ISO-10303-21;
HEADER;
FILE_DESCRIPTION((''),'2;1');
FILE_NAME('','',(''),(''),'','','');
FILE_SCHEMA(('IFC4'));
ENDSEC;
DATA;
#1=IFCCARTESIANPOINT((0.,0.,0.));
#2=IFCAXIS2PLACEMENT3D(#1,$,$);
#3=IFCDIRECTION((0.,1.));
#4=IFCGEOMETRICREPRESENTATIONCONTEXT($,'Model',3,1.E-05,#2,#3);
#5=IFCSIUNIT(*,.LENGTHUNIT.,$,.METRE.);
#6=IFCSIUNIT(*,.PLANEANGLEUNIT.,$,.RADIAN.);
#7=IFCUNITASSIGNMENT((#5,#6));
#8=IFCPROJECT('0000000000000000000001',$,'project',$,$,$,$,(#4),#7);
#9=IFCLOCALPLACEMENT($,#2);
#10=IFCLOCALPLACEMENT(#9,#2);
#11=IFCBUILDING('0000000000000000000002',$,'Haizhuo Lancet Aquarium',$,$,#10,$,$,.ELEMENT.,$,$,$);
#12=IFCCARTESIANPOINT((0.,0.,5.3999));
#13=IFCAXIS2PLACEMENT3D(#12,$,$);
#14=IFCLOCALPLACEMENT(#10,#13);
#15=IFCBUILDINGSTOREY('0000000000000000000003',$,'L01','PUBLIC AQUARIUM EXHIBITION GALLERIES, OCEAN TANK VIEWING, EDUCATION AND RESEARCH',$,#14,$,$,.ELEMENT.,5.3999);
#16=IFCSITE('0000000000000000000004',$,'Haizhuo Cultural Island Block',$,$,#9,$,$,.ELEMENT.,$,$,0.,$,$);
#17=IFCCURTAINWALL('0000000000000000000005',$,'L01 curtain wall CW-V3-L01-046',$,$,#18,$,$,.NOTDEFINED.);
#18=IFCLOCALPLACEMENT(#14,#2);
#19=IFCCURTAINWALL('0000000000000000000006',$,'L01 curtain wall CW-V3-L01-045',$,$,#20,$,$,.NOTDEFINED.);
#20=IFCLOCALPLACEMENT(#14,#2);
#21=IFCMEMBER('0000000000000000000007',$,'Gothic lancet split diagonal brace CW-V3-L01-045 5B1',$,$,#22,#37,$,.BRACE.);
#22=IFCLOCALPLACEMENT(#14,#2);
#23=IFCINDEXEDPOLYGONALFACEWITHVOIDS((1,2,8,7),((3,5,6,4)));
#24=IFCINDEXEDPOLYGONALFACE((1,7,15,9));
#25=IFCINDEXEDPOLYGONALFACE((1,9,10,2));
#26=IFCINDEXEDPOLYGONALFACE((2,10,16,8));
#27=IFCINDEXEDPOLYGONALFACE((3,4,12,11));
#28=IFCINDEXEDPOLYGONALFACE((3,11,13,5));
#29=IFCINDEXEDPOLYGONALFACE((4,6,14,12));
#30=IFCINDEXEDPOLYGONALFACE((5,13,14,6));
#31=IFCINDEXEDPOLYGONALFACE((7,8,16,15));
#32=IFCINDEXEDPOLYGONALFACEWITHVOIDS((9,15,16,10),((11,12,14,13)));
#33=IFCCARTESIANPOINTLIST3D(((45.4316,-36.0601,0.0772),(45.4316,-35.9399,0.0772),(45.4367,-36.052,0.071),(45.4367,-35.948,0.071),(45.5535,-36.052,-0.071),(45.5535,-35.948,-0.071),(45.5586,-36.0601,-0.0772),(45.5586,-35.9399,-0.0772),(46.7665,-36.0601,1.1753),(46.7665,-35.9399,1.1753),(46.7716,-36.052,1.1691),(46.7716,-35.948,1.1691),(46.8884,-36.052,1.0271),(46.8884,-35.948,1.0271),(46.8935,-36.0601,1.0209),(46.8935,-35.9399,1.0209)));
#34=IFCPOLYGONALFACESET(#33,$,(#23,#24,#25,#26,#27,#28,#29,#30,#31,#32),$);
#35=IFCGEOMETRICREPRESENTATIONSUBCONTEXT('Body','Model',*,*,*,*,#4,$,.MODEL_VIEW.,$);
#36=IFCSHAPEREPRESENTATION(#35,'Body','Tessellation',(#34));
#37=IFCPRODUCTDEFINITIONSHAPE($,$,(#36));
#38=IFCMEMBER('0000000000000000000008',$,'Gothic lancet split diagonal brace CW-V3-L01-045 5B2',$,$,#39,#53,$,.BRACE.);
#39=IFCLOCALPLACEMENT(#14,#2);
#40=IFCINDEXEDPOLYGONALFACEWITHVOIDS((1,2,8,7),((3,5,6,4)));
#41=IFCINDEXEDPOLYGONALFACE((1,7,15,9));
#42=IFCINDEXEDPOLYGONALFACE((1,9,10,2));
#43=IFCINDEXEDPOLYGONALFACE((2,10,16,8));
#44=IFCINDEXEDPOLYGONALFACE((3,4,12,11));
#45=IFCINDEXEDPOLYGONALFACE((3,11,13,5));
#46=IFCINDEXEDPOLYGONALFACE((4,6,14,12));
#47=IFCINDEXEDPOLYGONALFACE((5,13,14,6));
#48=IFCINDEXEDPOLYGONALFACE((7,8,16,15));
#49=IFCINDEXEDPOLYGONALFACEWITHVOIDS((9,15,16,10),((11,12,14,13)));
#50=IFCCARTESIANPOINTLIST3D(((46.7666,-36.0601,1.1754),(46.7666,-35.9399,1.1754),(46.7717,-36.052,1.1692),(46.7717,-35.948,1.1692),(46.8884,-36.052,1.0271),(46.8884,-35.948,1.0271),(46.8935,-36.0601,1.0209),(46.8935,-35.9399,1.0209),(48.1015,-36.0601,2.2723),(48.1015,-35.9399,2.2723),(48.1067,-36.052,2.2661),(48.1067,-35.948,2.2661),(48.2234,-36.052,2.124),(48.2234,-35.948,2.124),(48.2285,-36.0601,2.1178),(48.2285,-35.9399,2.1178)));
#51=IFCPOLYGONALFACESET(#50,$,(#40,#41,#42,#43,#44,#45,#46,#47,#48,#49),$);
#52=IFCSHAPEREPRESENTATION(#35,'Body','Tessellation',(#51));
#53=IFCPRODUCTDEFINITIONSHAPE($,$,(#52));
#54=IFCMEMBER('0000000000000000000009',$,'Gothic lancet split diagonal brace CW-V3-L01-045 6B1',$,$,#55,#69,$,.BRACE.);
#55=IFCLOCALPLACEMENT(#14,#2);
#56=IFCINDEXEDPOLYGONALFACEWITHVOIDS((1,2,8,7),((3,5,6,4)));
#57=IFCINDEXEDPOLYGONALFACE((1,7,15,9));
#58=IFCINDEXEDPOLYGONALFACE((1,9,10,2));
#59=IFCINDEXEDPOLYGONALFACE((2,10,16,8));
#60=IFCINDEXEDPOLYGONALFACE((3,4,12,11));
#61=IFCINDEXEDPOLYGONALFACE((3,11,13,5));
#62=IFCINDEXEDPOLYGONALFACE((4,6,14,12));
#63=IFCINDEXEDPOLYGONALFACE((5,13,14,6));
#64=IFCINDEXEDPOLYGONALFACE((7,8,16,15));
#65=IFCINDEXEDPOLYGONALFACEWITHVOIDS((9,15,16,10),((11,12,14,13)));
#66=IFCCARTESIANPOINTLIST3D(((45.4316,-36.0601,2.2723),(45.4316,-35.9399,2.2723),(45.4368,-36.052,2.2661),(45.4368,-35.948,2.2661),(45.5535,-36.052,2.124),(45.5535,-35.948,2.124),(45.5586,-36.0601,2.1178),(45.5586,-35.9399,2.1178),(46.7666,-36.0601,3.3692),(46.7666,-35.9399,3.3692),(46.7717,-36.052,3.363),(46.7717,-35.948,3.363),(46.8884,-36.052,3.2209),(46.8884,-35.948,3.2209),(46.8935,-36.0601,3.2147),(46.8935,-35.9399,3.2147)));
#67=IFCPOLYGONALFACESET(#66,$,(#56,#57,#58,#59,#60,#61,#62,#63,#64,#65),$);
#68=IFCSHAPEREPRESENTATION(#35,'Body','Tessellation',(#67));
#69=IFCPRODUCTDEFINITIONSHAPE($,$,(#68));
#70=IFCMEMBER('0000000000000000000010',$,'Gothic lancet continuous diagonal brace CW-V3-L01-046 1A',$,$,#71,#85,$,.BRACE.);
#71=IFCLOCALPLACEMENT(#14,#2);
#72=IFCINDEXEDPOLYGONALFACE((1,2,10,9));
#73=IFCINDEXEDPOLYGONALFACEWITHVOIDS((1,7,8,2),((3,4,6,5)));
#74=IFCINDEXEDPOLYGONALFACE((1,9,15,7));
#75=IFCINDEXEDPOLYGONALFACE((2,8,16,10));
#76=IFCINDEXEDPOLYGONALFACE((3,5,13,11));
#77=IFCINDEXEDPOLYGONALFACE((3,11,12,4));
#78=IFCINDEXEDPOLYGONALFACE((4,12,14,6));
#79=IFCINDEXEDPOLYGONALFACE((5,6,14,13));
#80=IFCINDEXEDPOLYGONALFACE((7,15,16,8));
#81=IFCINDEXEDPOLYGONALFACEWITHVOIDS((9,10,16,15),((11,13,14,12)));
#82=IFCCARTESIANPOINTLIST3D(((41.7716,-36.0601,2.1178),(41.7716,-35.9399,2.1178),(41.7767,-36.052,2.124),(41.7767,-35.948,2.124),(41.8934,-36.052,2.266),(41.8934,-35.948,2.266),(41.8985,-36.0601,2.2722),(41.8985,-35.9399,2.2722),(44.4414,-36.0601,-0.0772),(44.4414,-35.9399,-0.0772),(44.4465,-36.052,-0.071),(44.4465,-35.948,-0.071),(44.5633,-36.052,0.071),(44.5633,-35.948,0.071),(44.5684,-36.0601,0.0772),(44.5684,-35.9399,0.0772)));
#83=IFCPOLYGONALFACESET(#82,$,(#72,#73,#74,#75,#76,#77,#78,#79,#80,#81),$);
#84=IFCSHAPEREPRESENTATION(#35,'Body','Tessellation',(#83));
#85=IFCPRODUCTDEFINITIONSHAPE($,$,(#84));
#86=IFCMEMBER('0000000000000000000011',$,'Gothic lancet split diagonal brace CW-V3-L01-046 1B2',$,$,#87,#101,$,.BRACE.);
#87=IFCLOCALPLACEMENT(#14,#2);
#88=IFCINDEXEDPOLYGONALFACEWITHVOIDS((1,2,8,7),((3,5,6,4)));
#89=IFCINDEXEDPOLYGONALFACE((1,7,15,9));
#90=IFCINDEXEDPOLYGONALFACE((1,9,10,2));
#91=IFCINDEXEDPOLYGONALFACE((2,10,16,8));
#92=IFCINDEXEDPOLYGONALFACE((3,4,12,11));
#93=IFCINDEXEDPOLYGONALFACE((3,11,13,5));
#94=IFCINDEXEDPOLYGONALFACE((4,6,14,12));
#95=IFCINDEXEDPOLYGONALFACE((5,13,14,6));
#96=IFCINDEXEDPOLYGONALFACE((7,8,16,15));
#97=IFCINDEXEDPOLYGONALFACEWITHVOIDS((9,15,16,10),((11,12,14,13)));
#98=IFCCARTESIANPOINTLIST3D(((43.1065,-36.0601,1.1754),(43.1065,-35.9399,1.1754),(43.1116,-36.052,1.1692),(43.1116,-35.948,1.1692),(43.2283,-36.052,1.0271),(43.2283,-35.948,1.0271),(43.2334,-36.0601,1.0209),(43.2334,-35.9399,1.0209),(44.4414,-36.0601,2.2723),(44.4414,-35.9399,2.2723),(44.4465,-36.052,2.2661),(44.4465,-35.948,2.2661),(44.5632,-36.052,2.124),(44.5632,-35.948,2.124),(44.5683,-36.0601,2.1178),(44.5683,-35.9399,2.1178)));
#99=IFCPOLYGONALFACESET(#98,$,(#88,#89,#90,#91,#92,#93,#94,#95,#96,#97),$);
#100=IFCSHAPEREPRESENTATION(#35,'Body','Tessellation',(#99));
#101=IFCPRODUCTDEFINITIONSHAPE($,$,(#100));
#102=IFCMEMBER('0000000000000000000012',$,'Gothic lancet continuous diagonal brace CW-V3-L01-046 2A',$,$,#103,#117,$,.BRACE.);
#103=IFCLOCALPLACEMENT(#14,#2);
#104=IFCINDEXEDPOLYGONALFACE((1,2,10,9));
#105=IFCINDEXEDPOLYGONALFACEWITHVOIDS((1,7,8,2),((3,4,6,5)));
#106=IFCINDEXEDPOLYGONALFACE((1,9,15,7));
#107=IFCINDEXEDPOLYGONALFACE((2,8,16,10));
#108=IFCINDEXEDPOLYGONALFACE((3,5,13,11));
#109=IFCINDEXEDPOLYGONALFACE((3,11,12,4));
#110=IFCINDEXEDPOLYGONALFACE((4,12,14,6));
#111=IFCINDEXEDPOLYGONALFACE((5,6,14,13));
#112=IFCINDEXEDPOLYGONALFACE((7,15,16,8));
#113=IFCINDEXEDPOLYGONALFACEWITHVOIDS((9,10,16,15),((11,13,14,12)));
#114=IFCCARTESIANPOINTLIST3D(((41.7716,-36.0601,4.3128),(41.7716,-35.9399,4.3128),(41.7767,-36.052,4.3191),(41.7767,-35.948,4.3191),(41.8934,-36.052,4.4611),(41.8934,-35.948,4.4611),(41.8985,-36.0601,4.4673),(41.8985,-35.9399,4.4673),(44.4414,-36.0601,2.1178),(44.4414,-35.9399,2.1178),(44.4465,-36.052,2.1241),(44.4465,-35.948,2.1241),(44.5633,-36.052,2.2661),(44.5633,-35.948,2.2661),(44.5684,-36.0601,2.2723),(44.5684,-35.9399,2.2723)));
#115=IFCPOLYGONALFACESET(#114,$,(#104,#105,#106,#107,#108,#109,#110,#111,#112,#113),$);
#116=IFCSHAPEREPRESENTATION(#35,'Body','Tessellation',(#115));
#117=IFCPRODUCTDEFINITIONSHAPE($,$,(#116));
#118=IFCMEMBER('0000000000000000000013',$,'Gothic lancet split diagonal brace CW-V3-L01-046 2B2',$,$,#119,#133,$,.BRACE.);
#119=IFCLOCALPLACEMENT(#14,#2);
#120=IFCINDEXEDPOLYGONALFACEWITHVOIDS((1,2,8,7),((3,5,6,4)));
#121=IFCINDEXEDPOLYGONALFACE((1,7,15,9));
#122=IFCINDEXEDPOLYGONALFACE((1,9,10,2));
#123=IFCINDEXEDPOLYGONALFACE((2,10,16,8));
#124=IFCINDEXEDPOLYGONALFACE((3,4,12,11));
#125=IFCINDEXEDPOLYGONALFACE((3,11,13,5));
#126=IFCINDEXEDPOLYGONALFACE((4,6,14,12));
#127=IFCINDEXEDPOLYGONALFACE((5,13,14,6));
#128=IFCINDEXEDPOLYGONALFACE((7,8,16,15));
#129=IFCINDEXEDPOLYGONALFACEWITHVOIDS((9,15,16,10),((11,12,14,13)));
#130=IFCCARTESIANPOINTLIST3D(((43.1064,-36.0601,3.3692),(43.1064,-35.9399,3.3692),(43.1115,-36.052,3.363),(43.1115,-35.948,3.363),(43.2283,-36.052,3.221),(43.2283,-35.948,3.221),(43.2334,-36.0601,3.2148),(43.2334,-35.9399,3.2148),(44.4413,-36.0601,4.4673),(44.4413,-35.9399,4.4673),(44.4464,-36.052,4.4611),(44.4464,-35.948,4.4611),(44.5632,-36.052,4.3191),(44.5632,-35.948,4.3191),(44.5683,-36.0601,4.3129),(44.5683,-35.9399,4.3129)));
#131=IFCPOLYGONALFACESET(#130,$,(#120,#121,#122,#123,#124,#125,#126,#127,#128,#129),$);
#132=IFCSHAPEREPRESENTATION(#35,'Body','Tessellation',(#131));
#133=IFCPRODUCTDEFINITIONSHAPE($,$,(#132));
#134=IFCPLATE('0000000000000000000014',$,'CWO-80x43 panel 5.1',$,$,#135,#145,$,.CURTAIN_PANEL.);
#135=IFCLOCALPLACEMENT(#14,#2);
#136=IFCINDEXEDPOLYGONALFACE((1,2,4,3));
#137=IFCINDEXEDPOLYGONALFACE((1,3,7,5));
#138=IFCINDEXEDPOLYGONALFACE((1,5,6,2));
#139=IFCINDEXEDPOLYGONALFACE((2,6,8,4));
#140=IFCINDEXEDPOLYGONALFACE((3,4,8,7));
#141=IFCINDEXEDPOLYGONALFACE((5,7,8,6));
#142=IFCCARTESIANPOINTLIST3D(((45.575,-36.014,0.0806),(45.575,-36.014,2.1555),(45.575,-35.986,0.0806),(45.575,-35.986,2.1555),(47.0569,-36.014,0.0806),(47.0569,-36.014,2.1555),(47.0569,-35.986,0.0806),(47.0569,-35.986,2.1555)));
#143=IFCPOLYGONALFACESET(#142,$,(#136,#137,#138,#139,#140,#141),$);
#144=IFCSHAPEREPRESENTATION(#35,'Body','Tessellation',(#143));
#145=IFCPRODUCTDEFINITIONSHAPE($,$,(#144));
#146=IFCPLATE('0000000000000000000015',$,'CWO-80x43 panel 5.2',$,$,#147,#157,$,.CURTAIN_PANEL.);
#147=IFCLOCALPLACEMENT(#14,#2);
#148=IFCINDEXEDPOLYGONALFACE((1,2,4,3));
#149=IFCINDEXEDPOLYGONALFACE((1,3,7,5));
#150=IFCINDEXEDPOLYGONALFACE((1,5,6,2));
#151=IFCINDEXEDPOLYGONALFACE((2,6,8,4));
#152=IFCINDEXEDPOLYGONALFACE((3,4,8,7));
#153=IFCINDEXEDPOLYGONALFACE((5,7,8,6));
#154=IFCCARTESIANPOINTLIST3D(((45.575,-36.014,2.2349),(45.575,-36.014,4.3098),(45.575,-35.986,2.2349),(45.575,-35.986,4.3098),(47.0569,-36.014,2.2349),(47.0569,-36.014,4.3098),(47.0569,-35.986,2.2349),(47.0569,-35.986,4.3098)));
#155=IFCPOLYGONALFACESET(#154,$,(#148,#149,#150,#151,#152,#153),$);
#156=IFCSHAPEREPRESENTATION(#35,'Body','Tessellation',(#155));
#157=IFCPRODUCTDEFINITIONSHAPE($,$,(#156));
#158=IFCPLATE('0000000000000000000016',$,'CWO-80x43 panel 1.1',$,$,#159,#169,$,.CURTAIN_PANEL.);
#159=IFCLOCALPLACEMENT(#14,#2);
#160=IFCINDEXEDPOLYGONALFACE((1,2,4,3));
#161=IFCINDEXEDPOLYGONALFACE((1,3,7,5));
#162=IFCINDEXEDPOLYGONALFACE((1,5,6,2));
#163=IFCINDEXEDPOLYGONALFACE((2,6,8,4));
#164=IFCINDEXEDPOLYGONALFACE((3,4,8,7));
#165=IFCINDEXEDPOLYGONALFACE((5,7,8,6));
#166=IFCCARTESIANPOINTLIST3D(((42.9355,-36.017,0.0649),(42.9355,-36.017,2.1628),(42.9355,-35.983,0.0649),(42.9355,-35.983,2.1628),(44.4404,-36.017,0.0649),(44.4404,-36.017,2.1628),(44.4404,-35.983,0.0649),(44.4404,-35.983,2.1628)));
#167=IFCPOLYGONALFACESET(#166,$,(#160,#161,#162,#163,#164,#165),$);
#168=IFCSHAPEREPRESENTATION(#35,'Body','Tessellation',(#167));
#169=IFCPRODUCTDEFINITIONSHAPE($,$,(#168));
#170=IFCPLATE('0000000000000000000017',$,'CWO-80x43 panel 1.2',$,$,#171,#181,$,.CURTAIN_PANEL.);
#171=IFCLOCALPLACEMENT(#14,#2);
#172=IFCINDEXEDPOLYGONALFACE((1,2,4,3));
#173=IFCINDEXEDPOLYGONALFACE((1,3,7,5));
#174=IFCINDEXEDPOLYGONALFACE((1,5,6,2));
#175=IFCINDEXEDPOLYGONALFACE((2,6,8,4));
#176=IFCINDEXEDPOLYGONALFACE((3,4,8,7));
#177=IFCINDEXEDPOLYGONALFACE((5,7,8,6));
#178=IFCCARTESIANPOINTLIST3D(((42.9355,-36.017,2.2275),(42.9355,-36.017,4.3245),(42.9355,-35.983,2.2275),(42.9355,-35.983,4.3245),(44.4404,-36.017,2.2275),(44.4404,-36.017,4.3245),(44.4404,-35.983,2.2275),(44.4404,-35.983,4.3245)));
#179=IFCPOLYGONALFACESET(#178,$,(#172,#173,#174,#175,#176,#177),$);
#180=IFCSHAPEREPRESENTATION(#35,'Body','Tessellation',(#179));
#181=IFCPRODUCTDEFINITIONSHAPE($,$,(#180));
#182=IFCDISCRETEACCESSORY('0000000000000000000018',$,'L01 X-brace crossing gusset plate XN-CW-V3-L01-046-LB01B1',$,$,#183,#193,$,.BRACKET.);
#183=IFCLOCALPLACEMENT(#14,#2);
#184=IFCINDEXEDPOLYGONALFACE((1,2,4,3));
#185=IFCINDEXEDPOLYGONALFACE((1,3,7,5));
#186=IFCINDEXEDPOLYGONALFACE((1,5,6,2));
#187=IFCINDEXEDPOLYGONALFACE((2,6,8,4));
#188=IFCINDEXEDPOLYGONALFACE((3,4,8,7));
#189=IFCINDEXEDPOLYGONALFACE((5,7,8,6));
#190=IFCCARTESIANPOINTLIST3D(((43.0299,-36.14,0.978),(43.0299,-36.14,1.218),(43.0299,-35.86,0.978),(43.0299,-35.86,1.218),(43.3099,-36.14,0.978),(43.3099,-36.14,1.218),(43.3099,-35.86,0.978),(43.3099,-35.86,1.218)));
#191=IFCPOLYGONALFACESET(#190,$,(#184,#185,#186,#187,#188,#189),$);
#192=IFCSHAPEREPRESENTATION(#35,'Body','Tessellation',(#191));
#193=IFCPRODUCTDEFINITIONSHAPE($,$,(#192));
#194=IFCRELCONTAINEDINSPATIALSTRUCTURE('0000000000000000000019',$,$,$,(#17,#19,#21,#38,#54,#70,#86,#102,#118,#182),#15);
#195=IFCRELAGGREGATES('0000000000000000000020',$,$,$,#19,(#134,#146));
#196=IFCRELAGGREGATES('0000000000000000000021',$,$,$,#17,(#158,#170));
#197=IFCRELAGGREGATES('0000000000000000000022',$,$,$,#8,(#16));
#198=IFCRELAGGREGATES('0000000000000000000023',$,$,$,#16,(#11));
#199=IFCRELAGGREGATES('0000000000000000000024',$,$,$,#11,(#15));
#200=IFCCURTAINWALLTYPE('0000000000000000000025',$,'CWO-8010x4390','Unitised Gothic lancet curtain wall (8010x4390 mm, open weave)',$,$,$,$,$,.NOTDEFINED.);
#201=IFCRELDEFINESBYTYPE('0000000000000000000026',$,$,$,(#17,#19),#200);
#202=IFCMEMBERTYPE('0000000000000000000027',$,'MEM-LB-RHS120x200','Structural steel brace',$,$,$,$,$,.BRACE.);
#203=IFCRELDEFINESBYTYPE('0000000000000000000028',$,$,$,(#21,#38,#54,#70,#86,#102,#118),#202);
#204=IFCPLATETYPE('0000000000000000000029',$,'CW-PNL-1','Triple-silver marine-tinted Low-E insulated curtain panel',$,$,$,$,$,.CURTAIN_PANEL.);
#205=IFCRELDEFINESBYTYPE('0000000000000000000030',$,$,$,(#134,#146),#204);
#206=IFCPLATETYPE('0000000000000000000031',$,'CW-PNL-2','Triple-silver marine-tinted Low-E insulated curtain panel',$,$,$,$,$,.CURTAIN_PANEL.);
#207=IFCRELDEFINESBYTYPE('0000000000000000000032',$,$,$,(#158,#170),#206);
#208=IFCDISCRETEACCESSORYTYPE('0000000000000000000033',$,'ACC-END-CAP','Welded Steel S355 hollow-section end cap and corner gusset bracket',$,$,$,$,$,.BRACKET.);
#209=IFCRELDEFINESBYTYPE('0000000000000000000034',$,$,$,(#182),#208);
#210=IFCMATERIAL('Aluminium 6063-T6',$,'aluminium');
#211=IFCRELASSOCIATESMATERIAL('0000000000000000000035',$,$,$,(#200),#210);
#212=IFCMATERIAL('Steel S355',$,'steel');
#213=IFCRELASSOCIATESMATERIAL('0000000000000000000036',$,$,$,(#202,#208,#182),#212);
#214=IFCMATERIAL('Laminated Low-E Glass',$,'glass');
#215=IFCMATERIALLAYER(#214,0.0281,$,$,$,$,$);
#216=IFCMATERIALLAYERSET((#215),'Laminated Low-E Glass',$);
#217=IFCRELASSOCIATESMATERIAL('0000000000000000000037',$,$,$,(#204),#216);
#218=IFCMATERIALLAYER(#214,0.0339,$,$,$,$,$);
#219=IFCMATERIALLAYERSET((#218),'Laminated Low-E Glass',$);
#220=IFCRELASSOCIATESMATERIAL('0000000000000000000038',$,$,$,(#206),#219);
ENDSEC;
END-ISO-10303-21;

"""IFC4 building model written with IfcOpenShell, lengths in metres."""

from ifc_helpers import new_model, si_unit, direction, frame, origin, origin_2d, place, context, subcontext, project, spatial, rectangle, hollow_rectangle, extrude, material, layer, layer_set, material_profile, profile_set, type_object, element, aggregate, save


model = new_model("IFC4")

# Units and contexts
model_context = context("Model", 3, precision=1e-05, world=origin(), true_north=direction((0.0, 1.0)))
body_context = subcontext(model_context, "Body", "Model", "MODEL_VIEW")
ifc_project = project(units=[si_unit("LENGTHUNIT", "METRE"), si_unit("PLANEANGLEUNIT", "RADIAN")], contexts=[model_context])

# Site, building, storey
site_placement = place(None, origin())
site = spatial("IfcSite", under=ifc_project, at=site_placement, Name="Haizhuo Cultural Island Block", CompositionType="ELEMENT", RefElevation=0.0)
building_placement = place(site_placement, origin())
building = spatial("IfcBuilding", under=site, at=building_placement, Name="Haizhuo Lancet Aquarium", CompositionType="ELEMENT")
storey_placement = place(building_placement, frame((0.0, 0.0, 5.3999)))
storey = spatial("IfcBuildingStorey", under=building, at=storey_placement, Name="L01", Description="PUBLIC AQUARIUM EXHIBITION GALLERIES, OCEAN TANK VIEWING, EDUCATION AND RESEARCH", CompositionType="ELEMENT", Elevation=5.3999)

# Curtain wall
ifc_material_1 = material(Name="Aluminium 6063-T6", Category="aluminium")
curtain_wall_type = type_object("IfcCurtainWallType", Name="CWO-8010x4390", Description="Unitised Gothic lancet curtain wall (8010x4390 mm, open weave)", PredefinedType="NOTDEFINED", material=ifc_material_1)
curtain_wall_1_placement = place(storey_placement, origin())
curtain_wall_1 = element("IfcCurtainWall", 1, at=curtain_wall_1_placement, inside=storey, type_object=curtain_wall_type, Name="L01 curtain wall CW-V3-L01-046", PredefinedType="NOTDEFINED")

# Curtain wall
curtain_wall_2_placement = place(storey_placement, origin())
curtain_wall_2 = element("IfcCurtainWall", 2, at=curtain_wall_2_placement, inside=storey, type_object=curtain_wall_type, Name="L01 curtain wall CW-V3-L01-045", PredefinedType="NOTDEFINED")

# Members
ifc_material_2 = material(Name="Steel S355", Category="steel")
ifc_material_profile_1 = material_profile(ifc_material_2, hollow_rectangle(XDim=0.1201, YDim=0.2, WallThickness=0.0081, at=origin_2d()), Name="RHS 120x200x8")
ifc_profile_set_1 = profile_set([ifc_material_profile_1], Name="Steel S355")
member_type_1 = type_object("IfcMemberType", Name="MEM-LB-RHS120x200", Description="Structural steel brace", PredefinedType="BRACE", material=ifc_profile_set_1)
member_1_placement = place(storey_placement, frame((45.4951, -36.0, 0.0), z_axis=(0.772281, 0.0, 0.635281), x_axis=(0.0, 1.0, 0.0)))
element("IfcMember", 3, at=member_1_placement, inside=storey, type_object=member_type_1, Name="Gothic lancet split diagonal brace CW-V3-L01-045 5B1", PredefinedType="BRACE", context=body_context, shape_type="SweptSolid", body=[
    extrude(hollow_rectangle(XDim=0.1201, YDim=0.2, WallThickness=0.0081, at=origin_2d()), origin(), (0.0, 0.0, 1.0), 1.7285),
])
for number, where, z_axis, x_axis, name in (
    (4, (46.8301, -36.0, 1.0981), (0.772627, 0.0, 0.63486), (0.0, 1.0, 0.0), "Gothic lancet split diagonal brace CW-V3-L01-045 5B2"),
    (5, (45.4951, -36.0, 2.1951), (0.772627, 0.0, 0.63486), (0.0, 1.0, 0.0), "Gothic lancet split diagonal brace CW-V3-L01-045 6B1"),
):
    element("IfcMember", number, at=place(storey_placement, frame(where, z_axis=z_axis, x_axis=x_axis)), inside=storey, type_object=member_type_1, Name=name, PredefinedType="BRACE", context=body_context, shape_type="SweptSolid", body=[
        extrude(hollow_rectangle(XDim=0.1201, YDim=0.2, WallThickness=0.0081, at=origin_2d()), origin(), (0.0, 0.0, 1.0), 1.7278),
    ])
member_2_placement = place(storey_placement, frame((44.5049, -36.0, 0.0), z_axis=(-0.772454, 0.0, 0.635071), x_axis=(0.0, -1.0, 0.0)))
element("IfcMember", 6, at=member_2_placement, inside=storey, type_object=member_type_1, Name="Gothic lancet continuous diagonal brace CW-V3-L01-046 1A", PredefinedType="BRACE", context=body_context, shape_type="SweptSolid", body=[
    extrude(hollow_rectangle(XDim=0.1201, YDim=0.2, WallThickness=0.0081, at=origin_2d()), origin(), (0.0, 0.0, 1.0), 3.4563),
])
member_3_placement = place(storey_placement, frame((43.1699, -36.0, 1.0981), z_axis=(0.772627, 0.0, 0.63486), x_axis=(0.0, 1.0, 0.0)))
element("IfcMember", 7, at=member_3_placement, inside=storey, type_object=member_type_1, Name="Gothic lancet split diagonal brace CW-V3-L01-046 1B2", PredefinedType="BRACE", context=body_context, shape_type="SweptSolid", body=[
    extrude(hollow_rectangle(XDim=0.1201, YDim=0.2, WallThickness=0.0081, at=origin_2d()), origin(), (0.0, 0.0, 1.0), 1.7278),
])
member_4_placement = place(storey_placement, frame((44.5049, -36.0, 2.1951), z_axis=(-0.772454, 0.0, 0.635071), x_axis=(0.0, -1.0, 0.0)))
element("IfcMember", 8, at=member_4_placement, inside=storey, type_object=member_type_1, Name="Gothic lancet continuous diagonal brace CW-V3-L01-046 2A", PredefinedType="BRACE", context=body_context, shape_type="SweptSolid", body=[
    extrude(hollow_rectangle(XDim=0.1201, YDim=0.2, WallThickness=0.0081, at=origin_2d()), origin(), (0.0, 0.0, 1.0), 3.4563),
])
member_5_placement = place(storey_placement, frame((43.1699, -36.0, 3.292), z_axis=(0.772281, 0.0, 0.635281), x_axis=(0.0, 1.0, 0.0)))
element("IfcMember", 9, at=member_5_placement, inside=storey, type_object=member_type_1, Name="Gothic lancet split diagonal brace CW-V3-L01-046 2B2", PredefinedType="BRACE", context=body_context, shape_type="SweptSolid", body=[
    extrude(hollow_rectangle(XDim=0.1201, YDim=0.2, WallThickness=0.0081, at=origin_2d()), origin(), (0.0, 0.0, 1.0), 1.7285),
])

# Plates
ifc_material_3 = material(Name="Laminated Low-E Glass", Category="glass")
ifc_layer_1 = layer(ifc_material_3, 0.0281)
ifc_layer_set_1 = layer_set([ifc_layer_1], Name="Laminated Low-E Glass")
plate_type_1 = type_object("IfcPlateType", Name="CW-PNL-1", Description="Triple-silver marine-tinted Low-E insulated curtain panel", PredefinedType="CURTAIN_PANEL", material=ifc_layer_set_1)
plate_1_placement = place(storey_placement, frame((46.3159, -36.0, 0.0806), z_axis=(0.0, 0.0, 1.0), x_axis=(-1.0, 0.0, 0.0)))
plate_1 = element("IfcPlate", 10, at=plate_1_placement, type_object=plate_type_1, Name="CWO-80x43 panel 5.1", PredefinedType="CURTAIN_PANEL", context=body_context, shape_type="SweptSolid", body=[
    extrude(rectangle(XDim=1.4819, YDim=0.0281, at=origin_2d()), origin(), (0.0, 0.0, 1.0), 2.075),
])
plate_2_placement = place(storey_placement, frame((46.3159, -36.0, 2.2349), z_axis=(0.0, 0.0, 1.0), x_axis=(-1.0, 0.0, 0.0)))
plate_2 = element("IfcPlate", 11, at=plate_2_placement, type_object=plate_type_1, Name="CWO-80x43 panel 5.2", PredefinedType="CURTAIN_PANEL", context=body_context, shape_type="SweptSolid", body=[
    extrude(rectangle(XDim=1.4819, YDim=0.0281, at=origin_2d()), origin(), (0.0, 0.0, 1.0), 2.075),
])
aggregate(curtain_wall_2, [plate_1, plate_2])
ifc_layer_2 = layer(ifc_material_3, 0.0339)
ifc_layer_set_2 = layer_set([ifc_layer_2], Name="Laminated Low-E Glass")
plate_type_2 = type_object("IfcPlateType", Name="CW-PNL-2", Description="Triple-silver marine-tinted Low-E insulated curtain panel", PredefinedType="CURTAIN_PANEL", material=ifc_layer_set_2)
plate_3_placement = place(storey_placement, frame((43.688, -36.0, 0.0649), z_axis=(0.0, 0.0, 1.0), x_axis=(-1.0, 0.0, 0.0)))
plate_3 = element("IfcPlate", 12, at=plate_3_placement, type_object=plate_type_2, Name="CWO-80x43 panel 1.1", PredefinedType="CURTAIN_PANEL", context=body_context, shape_type="SweptSolid", body=[
    extrude(rectangle(XDim=1.5049, YDim=0.0339, at=origin_2d()), origin(), (0.0, 0.0, 1.0), 2.0979),
])
plate_4_placement = place(storey_placement, frame((43.688, -36.0, 2.2275), z_axis=(0.0, 0.0, 1.0), x_axis=(-1.0, 0.0, 0.0)))
plate_4 = element("IfcPlate", 13, at=plate_4_placement, type_object=plate_type_2, Name="CWO-80x43 panel 1.2", PredefinedType="CURTAIN_PANEL", context=body_context, shape_type="SweptSolid", body=[
    extrude(rectangle(XDim=1.5049, YDim=0.0339, at=origin_2d()), origin(), (0.0, 0.0, 1.0), 2.0969),
])
aggregate(curtain_wall_1, [plate_3, plate_4])

# Discrete accessory
discrete_accessory_type = type_object("IfcDiscreteAccessoryType", Name="ACC-END-CAP", Description="Welded Steel S355 hollow-section end cap and corner gusset bracket", PredefinedType="BRACKET", material=ifc_material_2)
for number, where, z_axis, x_axis, name in (
    (14, (43.1699, -36.0, 0.978), (0.0, 0.0, 1.0), (1.0, 0.0, 0.0), "L01 X-brace crossing gusset plate XN-CW-V3-L01-046-LB01B1"),
):
    element("IfcDiscreteAccessory", number, at=place(storey_placement, frame(where, z_axis=z_axis, x_axis=x_axis)), inside=storey, type_object=discrete_accessory_type, material=ifc_material_2, Name=name, PredefinedType="BRACKET", context=body_context, shape_type="SweptSolid", body=[
        extrude(rectangle(XDim=0.28, YDim=0.28, at=origin_2d()), origin(), (0.0, 0.0, 1.0), 0.24),
    ])

save(model, "model.ifc")
